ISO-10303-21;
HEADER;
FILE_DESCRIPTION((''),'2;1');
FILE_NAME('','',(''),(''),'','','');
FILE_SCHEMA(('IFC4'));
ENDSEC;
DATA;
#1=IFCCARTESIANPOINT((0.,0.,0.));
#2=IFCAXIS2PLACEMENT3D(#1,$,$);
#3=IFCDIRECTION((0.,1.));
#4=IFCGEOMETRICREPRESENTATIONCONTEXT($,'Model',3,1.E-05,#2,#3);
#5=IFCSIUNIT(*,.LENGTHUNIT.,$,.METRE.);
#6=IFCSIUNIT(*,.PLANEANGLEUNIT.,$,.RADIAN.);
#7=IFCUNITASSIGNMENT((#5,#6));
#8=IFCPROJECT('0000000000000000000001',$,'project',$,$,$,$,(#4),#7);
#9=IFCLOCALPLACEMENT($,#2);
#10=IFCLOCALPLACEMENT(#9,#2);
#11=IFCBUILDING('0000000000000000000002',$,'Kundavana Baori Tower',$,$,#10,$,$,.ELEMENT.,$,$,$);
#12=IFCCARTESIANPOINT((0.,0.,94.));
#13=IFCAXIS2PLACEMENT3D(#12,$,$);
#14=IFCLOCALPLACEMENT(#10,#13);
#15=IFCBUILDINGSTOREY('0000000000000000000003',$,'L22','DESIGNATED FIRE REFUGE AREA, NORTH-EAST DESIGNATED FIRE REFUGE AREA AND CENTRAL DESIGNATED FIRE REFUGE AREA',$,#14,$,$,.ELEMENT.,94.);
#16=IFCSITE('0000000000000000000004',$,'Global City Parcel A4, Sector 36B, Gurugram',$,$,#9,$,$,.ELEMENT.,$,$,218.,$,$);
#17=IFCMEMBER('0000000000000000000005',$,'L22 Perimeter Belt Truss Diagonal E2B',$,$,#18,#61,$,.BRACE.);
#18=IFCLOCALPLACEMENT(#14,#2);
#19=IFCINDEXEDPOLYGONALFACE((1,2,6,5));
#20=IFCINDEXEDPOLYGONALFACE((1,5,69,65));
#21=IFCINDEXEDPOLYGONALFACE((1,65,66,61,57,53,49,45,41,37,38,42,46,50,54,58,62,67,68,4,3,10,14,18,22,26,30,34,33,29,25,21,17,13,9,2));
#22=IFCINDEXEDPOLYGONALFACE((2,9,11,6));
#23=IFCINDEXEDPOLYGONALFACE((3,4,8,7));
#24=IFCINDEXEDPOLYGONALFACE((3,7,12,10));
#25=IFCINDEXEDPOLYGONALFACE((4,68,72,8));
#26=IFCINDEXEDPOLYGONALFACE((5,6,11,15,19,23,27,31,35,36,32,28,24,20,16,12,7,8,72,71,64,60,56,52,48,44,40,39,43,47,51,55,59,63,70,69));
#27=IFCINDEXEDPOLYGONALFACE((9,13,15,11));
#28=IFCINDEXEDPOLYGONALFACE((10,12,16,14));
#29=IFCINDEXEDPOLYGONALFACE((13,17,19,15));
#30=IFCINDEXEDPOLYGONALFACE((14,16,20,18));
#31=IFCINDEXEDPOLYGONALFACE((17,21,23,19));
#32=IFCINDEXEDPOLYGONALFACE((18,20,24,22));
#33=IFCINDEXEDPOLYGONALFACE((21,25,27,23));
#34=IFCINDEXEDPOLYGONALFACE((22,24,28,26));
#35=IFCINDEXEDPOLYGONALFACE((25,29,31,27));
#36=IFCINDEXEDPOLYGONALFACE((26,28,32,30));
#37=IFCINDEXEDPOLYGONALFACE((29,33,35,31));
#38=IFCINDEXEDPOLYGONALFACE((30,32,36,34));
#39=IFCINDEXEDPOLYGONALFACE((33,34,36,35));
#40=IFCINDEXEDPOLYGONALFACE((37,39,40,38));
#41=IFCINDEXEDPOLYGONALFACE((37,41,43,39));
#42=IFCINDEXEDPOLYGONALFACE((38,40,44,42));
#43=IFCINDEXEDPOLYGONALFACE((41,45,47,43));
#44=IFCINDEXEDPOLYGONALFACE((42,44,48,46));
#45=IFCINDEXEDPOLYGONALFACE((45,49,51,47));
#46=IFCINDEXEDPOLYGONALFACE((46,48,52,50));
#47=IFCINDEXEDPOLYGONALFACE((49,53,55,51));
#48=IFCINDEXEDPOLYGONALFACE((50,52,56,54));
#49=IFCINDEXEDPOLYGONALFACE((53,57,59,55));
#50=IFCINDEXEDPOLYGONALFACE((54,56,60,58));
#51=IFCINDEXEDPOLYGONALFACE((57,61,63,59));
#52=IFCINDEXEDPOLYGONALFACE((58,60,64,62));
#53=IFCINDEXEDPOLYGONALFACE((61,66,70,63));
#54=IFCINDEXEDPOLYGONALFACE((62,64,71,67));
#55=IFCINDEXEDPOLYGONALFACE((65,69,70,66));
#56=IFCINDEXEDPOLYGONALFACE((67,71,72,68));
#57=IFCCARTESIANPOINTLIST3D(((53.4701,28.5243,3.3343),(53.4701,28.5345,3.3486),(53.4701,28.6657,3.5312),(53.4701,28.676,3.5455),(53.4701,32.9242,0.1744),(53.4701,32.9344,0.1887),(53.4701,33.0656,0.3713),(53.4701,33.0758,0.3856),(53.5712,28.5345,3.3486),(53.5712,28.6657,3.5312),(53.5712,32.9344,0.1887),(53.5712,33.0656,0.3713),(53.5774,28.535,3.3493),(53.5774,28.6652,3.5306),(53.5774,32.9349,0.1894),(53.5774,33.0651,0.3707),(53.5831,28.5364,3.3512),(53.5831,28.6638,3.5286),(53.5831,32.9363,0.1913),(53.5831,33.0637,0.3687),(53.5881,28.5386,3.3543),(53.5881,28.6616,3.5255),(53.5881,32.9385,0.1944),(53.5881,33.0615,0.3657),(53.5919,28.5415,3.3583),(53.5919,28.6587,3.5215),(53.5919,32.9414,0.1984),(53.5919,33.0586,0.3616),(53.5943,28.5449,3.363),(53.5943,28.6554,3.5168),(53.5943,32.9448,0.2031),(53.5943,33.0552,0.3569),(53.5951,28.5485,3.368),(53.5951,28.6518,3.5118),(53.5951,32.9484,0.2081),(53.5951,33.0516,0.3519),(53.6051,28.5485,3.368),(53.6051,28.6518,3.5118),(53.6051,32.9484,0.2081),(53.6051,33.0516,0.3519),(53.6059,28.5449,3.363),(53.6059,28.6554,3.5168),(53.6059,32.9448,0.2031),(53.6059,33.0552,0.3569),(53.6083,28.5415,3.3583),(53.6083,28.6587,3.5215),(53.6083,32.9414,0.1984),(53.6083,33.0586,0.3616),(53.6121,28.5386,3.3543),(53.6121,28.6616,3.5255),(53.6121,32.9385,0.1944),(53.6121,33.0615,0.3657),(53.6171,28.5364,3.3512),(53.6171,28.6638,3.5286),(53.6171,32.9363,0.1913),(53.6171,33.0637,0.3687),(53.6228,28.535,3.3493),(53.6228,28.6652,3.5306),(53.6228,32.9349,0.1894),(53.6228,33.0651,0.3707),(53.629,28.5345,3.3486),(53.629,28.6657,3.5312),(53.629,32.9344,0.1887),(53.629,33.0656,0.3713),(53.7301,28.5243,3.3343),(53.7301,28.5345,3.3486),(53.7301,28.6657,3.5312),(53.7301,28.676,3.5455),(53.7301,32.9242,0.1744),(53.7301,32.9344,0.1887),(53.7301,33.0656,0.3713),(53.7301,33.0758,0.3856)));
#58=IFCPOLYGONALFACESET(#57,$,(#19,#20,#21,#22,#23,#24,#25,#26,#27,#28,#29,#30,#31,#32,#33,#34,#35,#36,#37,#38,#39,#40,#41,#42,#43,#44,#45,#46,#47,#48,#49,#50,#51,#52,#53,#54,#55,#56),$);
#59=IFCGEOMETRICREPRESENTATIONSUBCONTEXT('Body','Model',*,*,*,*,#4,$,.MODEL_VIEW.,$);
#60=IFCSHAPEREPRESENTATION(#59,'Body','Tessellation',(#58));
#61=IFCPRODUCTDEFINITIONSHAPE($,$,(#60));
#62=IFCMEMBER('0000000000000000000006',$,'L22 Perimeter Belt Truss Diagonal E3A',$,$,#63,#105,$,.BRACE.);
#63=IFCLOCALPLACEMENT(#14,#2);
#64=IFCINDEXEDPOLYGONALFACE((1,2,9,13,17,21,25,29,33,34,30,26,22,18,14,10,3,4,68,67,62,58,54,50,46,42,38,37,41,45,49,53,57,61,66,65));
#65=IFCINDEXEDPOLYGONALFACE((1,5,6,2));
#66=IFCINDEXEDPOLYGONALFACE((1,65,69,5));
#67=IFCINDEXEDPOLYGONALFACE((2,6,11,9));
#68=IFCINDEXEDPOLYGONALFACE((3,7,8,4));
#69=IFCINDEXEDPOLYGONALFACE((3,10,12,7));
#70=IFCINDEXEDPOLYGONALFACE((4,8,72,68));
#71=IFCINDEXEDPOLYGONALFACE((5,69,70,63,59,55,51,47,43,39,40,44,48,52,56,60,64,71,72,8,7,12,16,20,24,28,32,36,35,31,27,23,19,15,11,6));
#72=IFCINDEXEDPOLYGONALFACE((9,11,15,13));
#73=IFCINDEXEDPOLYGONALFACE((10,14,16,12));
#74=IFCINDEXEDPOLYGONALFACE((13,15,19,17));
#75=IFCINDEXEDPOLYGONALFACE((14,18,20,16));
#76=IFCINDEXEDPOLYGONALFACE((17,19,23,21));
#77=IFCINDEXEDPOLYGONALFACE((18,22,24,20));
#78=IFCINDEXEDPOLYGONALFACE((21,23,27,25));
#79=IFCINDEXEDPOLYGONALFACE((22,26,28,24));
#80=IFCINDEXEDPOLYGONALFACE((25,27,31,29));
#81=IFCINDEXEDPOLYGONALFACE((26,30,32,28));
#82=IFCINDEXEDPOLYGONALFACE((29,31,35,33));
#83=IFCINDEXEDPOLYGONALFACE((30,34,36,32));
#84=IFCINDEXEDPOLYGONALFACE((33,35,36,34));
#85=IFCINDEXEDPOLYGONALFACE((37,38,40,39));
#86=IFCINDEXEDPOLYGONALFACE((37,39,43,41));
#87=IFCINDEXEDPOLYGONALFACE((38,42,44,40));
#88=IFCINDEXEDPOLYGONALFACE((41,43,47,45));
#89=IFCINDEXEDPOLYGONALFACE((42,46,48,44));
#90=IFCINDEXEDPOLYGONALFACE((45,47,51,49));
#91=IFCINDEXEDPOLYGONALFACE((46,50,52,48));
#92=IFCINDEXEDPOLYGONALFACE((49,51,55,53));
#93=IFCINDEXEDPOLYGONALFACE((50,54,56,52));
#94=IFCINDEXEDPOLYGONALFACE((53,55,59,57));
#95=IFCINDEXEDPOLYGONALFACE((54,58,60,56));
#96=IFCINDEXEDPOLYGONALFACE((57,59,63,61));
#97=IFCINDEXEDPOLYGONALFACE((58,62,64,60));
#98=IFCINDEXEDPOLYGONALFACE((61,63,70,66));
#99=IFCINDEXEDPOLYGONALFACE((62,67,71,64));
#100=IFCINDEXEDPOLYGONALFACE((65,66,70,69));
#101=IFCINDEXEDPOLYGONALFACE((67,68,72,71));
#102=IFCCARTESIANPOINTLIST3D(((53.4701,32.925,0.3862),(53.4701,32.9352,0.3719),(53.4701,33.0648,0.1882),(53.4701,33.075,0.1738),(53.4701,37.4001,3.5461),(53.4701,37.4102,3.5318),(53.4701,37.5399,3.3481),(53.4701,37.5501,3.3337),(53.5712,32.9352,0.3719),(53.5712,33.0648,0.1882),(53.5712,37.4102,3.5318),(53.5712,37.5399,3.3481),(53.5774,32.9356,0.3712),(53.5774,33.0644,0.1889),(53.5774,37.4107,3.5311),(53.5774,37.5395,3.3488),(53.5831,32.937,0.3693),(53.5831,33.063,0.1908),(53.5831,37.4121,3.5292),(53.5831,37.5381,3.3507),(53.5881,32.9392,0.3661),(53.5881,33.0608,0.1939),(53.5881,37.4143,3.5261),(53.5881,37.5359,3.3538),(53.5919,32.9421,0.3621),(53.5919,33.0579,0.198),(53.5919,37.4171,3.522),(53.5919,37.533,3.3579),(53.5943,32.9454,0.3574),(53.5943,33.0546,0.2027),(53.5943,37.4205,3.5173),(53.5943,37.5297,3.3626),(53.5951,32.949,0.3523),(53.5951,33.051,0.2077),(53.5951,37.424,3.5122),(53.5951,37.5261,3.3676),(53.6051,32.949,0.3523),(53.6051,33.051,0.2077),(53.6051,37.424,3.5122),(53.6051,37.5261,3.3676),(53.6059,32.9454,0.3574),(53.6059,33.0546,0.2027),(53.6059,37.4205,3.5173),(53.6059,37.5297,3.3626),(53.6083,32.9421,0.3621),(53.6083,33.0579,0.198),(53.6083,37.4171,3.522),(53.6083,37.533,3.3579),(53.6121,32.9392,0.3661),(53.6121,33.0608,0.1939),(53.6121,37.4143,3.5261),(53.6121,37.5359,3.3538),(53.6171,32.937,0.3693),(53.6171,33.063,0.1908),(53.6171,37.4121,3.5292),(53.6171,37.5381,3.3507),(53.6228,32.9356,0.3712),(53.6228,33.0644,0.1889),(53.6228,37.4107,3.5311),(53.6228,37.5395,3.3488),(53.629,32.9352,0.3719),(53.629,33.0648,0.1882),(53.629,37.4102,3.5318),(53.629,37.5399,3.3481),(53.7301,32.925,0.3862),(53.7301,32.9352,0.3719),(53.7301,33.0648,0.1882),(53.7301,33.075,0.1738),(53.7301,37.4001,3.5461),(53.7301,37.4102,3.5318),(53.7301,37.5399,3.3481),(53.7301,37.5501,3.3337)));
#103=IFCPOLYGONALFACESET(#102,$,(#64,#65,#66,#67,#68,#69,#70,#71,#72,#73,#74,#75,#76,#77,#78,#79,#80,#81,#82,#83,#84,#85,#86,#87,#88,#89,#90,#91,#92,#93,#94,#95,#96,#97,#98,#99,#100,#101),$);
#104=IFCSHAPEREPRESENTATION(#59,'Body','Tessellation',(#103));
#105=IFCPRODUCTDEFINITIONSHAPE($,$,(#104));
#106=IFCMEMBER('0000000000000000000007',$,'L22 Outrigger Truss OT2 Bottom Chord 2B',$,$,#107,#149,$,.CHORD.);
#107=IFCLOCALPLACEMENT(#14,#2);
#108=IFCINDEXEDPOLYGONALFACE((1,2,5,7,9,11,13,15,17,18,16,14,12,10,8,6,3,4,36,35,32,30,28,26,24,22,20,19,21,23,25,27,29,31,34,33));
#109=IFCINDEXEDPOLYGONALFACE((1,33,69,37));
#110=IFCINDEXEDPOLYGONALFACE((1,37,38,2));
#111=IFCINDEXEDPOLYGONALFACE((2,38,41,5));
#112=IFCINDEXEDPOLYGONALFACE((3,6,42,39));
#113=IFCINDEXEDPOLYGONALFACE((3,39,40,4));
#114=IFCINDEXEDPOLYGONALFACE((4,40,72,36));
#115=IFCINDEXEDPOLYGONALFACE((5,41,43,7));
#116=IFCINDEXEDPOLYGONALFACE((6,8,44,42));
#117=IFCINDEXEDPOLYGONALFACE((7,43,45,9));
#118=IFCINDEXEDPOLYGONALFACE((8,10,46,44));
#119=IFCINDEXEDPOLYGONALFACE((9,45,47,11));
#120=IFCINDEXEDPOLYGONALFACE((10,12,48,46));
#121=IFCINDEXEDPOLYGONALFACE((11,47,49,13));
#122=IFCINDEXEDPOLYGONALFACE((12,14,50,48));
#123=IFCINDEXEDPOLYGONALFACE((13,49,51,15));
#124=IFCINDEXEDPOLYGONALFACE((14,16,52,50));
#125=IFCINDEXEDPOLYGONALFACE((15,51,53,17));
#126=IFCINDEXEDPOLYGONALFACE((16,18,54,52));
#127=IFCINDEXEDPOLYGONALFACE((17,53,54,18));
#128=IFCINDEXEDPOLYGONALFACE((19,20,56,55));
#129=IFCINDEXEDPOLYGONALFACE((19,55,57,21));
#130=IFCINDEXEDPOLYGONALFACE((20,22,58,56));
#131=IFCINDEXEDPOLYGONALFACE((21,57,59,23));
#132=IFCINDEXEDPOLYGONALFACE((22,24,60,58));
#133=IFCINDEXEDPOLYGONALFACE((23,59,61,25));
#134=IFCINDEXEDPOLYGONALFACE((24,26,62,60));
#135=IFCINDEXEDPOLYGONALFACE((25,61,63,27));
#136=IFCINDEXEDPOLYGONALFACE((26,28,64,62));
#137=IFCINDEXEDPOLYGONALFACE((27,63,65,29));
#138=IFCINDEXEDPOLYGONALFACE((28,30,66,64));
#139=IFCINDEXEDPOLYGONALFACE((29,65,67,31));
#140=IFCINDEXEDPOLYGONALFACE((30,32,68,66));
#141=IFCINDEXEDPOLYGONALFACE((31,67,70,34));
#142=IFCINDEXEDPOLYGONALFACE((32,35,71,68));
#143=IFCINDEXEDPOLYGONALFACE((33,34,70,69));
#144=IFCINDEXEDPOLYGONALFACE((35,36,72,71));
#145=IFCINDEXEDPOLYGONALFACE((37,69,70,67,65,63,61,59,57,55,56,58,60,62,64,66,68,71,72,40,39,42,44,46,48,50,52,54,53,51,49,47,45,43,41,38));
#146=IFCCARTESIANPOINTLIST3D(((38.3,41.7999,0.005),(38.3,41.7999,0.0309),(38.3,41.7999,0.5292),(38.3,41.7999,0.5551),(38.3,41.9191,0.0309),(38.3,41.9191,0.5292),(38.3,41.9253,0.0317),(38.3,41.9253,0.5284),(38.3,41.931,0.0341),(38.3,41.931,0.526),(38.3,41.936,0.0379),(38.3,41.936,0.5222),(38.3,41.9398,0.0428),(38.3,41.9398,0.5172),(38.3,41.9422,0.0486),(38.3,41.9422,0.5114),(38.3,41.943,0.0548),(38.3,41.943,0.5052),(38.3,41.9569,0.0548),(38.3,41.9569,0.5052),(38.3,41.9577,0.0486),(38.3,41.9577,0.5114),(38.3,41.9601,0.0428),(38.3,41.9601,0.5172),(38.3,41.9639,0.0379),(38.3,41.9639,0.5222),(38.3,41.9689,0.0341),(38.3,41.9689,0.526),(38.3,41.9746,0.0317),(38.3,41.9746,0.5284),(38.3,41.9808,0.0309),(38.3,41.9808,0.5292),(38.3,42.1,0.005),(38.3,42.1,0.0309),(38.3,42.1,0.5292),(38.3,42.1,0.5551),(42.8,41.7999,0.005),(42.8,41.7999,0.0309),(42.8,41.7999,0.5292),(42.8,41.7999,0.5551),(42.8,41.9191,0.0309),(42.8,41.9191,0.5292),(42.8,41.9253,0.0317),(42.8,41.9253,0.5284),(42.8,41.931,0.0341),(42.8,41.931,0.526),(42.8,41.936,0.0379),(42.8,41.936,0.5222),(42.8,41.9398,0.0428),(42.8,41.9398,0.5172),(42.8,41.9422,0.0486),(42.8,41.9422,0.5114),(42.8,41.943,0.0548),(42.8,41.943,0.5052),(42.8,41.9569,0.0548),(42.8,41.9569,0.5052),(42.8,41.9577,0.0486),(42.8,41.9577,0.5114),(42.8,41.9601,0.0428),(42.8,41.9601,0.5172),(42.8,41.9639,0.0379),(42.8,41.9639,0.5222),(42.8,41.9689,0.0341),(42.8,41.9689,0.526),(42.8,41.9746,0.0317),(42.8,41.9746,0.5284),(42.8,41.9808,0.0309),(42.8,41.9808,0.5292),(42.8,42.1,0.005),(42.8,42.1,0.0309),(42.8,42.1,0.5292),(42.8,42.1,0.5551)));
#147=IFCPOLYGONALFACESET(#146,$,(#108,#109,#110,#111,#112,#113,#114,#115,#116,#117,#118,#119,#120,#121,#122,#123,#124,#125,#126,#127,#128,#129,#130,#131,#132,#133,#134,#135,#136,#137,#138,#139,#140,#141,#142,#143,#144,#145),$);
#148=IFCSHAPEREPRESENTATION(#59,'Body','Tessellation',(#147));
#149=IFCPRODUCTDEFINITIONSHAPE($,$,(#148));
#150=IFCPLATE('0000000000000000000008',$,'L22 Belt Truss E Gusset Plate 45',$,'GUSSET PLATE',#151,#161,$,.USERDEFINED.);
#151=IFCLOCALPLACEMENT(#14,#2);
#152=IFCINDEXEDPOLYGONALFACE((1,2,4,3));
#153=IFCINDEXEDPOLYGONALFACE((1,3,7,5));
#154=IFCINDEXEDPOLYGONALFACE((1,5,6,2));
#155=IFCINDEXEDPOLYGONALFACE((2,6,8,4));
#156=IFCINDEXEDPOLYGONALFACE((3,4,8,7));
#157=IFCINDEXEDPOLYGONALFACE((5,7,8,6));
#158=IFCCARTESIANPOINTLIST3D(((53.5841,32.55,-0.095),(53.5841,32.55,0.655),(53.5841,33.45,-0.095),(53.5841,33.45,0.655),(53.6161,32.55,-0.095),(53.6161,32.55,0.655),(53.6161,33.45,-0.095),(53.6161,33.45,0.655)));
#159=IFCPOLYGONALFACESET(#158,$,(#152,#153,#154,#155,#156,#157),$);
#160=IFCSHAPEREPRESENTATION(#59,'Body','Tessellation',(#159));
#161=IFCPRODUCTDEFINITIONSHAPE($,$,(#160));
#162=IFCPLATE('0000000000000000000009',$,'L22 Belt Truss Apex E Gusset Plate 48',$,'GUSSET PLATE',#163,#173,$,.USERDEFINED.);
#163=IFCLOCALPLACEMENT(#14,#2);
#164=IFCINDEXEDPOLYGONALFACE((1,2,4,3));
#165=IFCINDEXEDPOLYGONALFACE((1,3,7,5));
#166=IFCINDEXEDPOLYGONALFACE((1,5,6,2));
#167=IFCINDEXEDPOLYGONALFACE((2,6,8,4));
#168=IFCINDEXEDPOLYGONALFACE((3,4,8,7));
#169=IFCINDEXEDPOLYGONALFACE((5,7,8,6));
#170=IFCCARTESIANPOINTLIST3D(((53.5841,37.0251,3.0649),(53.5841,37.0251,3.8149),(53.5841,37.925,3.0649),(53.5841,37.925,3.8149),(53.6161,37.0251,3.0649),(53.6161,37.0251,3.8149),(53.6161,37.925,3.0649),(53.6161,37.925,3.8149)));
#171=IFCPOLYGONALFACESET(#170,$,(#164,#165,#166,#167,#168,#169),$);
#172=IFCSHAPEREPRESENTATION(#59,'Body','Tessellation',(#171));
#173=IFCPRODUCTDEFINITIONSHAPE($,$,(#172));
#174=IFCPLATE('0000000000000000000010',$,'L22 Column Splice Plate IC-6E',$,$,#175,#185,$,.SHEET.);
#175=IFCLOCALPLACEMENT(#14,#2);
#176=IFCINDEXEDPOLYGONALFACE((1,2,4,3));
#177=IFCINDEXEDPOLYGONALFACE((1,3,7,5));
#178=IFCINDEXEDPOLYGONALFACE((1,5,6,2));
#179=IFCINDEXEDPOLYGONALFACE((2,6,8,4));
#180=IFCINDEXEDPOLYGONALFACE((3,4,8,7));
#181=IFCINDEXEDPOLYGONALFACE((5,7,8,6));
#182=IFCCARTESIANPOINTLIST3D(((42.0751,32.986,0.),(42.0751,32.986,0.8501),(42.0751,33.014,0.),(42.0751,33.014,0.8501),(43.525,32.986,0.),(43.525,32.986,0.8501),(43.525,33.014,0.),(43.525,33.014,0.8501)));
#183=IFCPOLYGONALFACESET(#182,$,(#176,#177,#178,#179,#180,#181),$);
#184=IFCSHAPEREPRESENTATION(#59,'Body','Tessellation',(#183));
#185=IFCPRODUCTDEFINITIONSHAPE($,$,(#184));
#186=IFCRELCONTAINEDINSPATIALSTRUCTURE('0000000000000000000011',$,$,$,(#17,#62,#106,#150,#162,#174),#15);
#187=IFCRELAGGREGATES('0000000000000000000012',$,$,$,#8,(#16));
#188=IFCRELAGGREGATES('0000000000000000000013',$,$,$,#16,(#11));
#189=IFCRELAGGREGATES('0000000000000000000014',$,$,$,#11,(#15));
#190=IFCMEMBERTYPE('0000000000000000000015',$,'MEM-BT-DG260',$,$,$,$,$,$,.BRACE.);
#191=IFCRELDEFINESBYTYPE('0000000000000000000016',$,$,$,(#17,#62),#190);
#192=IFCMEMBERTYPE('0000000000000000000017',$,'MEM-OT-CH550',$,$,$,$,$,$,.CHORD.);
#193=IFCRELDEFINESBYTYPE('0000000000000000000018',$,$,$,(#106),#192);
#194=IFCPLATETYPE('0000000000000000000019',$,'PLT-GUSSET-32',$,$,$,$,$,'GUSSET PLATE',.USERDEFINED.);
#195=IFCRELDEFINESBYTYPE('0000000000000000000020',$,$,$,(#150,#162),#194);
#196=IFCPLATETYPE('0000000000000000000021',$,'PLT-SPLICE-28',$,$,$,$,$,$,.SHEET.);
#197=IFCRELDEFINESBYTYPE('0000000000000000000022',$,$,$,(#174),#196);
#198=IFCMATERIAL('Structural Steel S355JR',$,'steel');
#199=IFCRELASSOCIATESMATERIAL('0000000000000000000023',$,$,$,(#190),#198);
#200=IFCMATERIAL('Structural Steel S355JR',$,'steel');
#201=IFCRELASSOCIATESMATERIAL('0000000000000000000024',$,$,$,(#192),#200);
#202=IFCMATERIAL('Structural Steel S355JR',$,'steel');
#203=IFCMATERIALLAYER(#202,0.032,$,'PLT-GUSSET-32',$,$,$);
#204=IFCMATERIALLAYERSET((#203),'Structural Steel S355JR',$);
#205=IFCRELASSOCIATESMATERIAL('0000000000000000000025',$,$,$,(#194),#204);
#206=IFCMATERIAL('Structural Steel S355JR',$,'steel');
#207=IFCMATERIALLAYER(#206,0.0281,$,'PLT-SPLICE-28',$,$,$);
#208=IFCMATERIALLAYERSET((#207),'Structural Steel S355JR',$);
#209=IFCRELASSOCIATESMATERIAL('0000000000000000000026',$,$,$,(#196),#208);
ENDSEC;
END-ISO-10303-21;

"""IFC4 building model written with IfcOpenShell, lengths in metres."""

from ifc_helpers import new_model, si_unit, direction, frame, origin, origin_2d, place, context, subcontext, project, spatial, rectangle, i_section, extrude, material, layer, layer_set, material_profile, profile_set, type_object, element, save


model = new_model("IFC4")

# Units and contexts
model_context = context("Model", 3, precision=1e-05, world=origin(), true_north=direction((0.0, 1.0)))
body_context = subcontext(model_context, "Body", "Model", "MODEL_VIEW")
ifc_project = project(units=[si_unit("LENGTHUNIT", "METRE"), si_unit("PLANEANGLEUNIT", "RADIAN")], contexts=[model_context])

# Site, building, storey
site_placement = place(None, origin())
site = spatial("IfcSite", under=ifc_project, at=site_placement, Name="Global City Parcel A4, Sector 36B, Gurugram", CompositionType="ELEMENT", RefElevation=218.0)
building_placement = place(site_placement, origin())
building = spatial("IfcBuilding", under=site, at=building_placement, Name="Kundavana Baori Tower", CompositionType="ELEMENT")
storey_placement = place(building_placement, frame((0.0, 0.0, 94.0)))
storey = spatial("IfcBuildingStorey", under=building, at=storey_placement, Name="L22", Description="DESIGNATED FIRE REFUGE AREA, NORTH-EAST DESIGNATED FIRE REFUGE AREA AND CENTRAL DESIGNATED FIRE REFUGE AREA", CompositionType="ELEMENT", Elevation=94.0)

# Members
ifc_material_1 = material(Name="Structural Steel S355JR", Category="steel")
ifc_material_profile_1 = material_profile(ifc_material_1, i_section(OverallWidth=0.26, OverallDepth=0.26, WebThickness=0.01, FlangeThickness=0.0176, FilletRadius=0.0239, at=origin_2d()), Name="WPB 260x260x93")
ifc_profile_set_1 = profile_set([ifc_material_profile_1], Name="Structural Steel S355JR")
member_type_1 = type_object("IfcMemberType", Name="MEM-BT-DG260", PredefinedType="BRACE", material=ifc_profile_set_1)
member_1_placement = place(storey_placement, frame((53.6001, 33.0, 0.28), z_axis=(0.0, -0.812236, 0.58333), x_axis=(1.0, 0.0, 0.0)))
element("IfcMember", 1, at=member_1_placement, inside=storey, type_object=member_type_1, Name="L22 Perimeter Belt Truss Diagonal E2B", PredefinedType="BRACE", context=body_context, shape_type="SweptSolid", body=[
    extrude(i_section(OverallWidth=0.26, OverallDepth=0.26, WebThickness=0.01, FlangeThickness=0.0176, FilletRadius=0.0239, at=origin_2d()), origin(), (0.0, 0.0, 1.0), 5.417),
])
member_2_placement = place(storey_placement, frame((53.6001, 33.0, 0.28), z_axis=(0.0, 0.81688, 0.576807), x_axis=(-1.0, 0.0, 0.0)))
element("IfcMember", 2, at=member_2_placement, inside=storey, type_object=member_type_1, Name="L22 Perimeter Belt Truss Diagonal E3A", PredefinedType="BRACE", context=body_context, shape_type="SweptSolid", body=[
    extrude(i_section(OverallWidth=0.26, OverallDepth=0.26, WebThickness=0.01, FlangeThickness=0.0176, FilletRadius=0.0239, at=origin_2d()), origin(), (0.0, 0.0, 1.0), 5.4783),
])
ifc_material_2 = material(Name="Structural Steel S355JR", Category="steel")
ifc_material_profile_2 = material_profile(ifc_material_2, i_section(OverallWidth=0.3, OverallDepth=0.55, WebThickness=0.0139, FlangeThickness=0.0259, FilletRadius=0.0239, at=origin_2d()), Name="WPB 550x300x166")
ifc_profile_set_2 = profile_set([ifc_material_profile_2], Name="Structural Steel S355JR")
member_type_2 = type_object("IfcMemberType", Name="MEM-OT-CH550", PredefinedType="CHORD", material=ifc_profile_set_2)
member_3_placement = place(storey_placement, frame((38.3, 41.95, 0.28), z_axis=(1.0, 0.0, 0.0), x_axis=(0.0, 1.0, 0.0)))
element("IfcMember", 3, at=member_3_placement, inside=storey, type_object=member_type_2, Name="L22 Outrigger Truss OT2 Bottom Chord 2B", PredefinedType="CHORD", context=body_context, shape_type="SweptSolid", body=[
    extrude(i_section(OverallWidth=0.3, OverallDepth=0.55, WebThickness=0.0139, FlangeThickness=0.0259, FilletRadius=0.0239, at=origin_2d()), origin(), (0.0, 0.0, 1.0), 4.5),
])

# Plates
ifc_material_3 = material(Name="Structural Steel S355JR", Category="steel")
ifc_layer_1 = layer(ifc_material_3, 0.032, Name="PLT-GUSSET-32")
ifc_layer_set_1 = layer_set([ifc_layer_1], Name="Structural Steel S355JR")
plate_type_1 = type_object("IfcPlateType", Name="PLT-GUSSET-32", ElementType="GUSSET PLATE", PredefinedType="USERDEFINED", material=ifc_layer_set_1)
for number, where, z_axis, x_axis, name in (
    (4, (53.6001, 33.0, -0.095), (0.0, 0.0, 1.0), (1.0, 0.0, 0.0), "L22 Belt Truss E Gusset Plate 45"),
    (5, (53.6001, 37.4751, 3.0649), (0.0, 0.0, 1.0), (1.0, 0.0, 0.0), "L22 Belt Truss Apex E Gusset Plate 48"),
):
    element("IfcPlate", number, at=place(storey_placement, frame(where, z_axis=z_axis, x_axis=x_axis)), inside=storey, type_object=plate_type_1, Name=name, ObjectType="GUSSET PLATE", PredefinedType="USERDEFINED", context=body_context, shape_type="SweptSolid", body=[
        extrude(rectangle(XDim=0.032, YDim=0.8999, at=origin_2d()), origin(), (0.0, 0.0, 1.0), 0.75),
    ])
ifc_material_4 = material(Name="Structural Steel S355JR", Category="steel")
ifc_layer_2 = layer(ifc_material_4, 0.0281, Name="PLT-SPLICE-28")
ifc_layer_set_2 = layer_set([ifc_layer_2], Name="Structural Steel S355JR")
plate_type_2 = type_object("IfcPlateType", Name="PLT-SPLICE-28", PredefinedType="SHEET", material=ifc_layer_set_2)
plate_placement = place(storey_placement, frame((42.8, 33.0, 0.0), z_axis=(0.0, 0.0, 1.0), x_axis=(1.0, 0.0, 0.0)))
element("IfcPlate", 6, at=plate_placement, inside=storey, type_object=plate_type_2, Name="L22 Column Splice Plate IC-6E", PredefinedType="SHEET", context=body_context, shape_type="SweptSolid", body=[
    extrude(rectangle(XDim=1.45, YDim=0.0281, at=origin_2d()), origin(), (0.0, 0.0, 1.0), 0.8501),
])

save(model, "model.ifc")
